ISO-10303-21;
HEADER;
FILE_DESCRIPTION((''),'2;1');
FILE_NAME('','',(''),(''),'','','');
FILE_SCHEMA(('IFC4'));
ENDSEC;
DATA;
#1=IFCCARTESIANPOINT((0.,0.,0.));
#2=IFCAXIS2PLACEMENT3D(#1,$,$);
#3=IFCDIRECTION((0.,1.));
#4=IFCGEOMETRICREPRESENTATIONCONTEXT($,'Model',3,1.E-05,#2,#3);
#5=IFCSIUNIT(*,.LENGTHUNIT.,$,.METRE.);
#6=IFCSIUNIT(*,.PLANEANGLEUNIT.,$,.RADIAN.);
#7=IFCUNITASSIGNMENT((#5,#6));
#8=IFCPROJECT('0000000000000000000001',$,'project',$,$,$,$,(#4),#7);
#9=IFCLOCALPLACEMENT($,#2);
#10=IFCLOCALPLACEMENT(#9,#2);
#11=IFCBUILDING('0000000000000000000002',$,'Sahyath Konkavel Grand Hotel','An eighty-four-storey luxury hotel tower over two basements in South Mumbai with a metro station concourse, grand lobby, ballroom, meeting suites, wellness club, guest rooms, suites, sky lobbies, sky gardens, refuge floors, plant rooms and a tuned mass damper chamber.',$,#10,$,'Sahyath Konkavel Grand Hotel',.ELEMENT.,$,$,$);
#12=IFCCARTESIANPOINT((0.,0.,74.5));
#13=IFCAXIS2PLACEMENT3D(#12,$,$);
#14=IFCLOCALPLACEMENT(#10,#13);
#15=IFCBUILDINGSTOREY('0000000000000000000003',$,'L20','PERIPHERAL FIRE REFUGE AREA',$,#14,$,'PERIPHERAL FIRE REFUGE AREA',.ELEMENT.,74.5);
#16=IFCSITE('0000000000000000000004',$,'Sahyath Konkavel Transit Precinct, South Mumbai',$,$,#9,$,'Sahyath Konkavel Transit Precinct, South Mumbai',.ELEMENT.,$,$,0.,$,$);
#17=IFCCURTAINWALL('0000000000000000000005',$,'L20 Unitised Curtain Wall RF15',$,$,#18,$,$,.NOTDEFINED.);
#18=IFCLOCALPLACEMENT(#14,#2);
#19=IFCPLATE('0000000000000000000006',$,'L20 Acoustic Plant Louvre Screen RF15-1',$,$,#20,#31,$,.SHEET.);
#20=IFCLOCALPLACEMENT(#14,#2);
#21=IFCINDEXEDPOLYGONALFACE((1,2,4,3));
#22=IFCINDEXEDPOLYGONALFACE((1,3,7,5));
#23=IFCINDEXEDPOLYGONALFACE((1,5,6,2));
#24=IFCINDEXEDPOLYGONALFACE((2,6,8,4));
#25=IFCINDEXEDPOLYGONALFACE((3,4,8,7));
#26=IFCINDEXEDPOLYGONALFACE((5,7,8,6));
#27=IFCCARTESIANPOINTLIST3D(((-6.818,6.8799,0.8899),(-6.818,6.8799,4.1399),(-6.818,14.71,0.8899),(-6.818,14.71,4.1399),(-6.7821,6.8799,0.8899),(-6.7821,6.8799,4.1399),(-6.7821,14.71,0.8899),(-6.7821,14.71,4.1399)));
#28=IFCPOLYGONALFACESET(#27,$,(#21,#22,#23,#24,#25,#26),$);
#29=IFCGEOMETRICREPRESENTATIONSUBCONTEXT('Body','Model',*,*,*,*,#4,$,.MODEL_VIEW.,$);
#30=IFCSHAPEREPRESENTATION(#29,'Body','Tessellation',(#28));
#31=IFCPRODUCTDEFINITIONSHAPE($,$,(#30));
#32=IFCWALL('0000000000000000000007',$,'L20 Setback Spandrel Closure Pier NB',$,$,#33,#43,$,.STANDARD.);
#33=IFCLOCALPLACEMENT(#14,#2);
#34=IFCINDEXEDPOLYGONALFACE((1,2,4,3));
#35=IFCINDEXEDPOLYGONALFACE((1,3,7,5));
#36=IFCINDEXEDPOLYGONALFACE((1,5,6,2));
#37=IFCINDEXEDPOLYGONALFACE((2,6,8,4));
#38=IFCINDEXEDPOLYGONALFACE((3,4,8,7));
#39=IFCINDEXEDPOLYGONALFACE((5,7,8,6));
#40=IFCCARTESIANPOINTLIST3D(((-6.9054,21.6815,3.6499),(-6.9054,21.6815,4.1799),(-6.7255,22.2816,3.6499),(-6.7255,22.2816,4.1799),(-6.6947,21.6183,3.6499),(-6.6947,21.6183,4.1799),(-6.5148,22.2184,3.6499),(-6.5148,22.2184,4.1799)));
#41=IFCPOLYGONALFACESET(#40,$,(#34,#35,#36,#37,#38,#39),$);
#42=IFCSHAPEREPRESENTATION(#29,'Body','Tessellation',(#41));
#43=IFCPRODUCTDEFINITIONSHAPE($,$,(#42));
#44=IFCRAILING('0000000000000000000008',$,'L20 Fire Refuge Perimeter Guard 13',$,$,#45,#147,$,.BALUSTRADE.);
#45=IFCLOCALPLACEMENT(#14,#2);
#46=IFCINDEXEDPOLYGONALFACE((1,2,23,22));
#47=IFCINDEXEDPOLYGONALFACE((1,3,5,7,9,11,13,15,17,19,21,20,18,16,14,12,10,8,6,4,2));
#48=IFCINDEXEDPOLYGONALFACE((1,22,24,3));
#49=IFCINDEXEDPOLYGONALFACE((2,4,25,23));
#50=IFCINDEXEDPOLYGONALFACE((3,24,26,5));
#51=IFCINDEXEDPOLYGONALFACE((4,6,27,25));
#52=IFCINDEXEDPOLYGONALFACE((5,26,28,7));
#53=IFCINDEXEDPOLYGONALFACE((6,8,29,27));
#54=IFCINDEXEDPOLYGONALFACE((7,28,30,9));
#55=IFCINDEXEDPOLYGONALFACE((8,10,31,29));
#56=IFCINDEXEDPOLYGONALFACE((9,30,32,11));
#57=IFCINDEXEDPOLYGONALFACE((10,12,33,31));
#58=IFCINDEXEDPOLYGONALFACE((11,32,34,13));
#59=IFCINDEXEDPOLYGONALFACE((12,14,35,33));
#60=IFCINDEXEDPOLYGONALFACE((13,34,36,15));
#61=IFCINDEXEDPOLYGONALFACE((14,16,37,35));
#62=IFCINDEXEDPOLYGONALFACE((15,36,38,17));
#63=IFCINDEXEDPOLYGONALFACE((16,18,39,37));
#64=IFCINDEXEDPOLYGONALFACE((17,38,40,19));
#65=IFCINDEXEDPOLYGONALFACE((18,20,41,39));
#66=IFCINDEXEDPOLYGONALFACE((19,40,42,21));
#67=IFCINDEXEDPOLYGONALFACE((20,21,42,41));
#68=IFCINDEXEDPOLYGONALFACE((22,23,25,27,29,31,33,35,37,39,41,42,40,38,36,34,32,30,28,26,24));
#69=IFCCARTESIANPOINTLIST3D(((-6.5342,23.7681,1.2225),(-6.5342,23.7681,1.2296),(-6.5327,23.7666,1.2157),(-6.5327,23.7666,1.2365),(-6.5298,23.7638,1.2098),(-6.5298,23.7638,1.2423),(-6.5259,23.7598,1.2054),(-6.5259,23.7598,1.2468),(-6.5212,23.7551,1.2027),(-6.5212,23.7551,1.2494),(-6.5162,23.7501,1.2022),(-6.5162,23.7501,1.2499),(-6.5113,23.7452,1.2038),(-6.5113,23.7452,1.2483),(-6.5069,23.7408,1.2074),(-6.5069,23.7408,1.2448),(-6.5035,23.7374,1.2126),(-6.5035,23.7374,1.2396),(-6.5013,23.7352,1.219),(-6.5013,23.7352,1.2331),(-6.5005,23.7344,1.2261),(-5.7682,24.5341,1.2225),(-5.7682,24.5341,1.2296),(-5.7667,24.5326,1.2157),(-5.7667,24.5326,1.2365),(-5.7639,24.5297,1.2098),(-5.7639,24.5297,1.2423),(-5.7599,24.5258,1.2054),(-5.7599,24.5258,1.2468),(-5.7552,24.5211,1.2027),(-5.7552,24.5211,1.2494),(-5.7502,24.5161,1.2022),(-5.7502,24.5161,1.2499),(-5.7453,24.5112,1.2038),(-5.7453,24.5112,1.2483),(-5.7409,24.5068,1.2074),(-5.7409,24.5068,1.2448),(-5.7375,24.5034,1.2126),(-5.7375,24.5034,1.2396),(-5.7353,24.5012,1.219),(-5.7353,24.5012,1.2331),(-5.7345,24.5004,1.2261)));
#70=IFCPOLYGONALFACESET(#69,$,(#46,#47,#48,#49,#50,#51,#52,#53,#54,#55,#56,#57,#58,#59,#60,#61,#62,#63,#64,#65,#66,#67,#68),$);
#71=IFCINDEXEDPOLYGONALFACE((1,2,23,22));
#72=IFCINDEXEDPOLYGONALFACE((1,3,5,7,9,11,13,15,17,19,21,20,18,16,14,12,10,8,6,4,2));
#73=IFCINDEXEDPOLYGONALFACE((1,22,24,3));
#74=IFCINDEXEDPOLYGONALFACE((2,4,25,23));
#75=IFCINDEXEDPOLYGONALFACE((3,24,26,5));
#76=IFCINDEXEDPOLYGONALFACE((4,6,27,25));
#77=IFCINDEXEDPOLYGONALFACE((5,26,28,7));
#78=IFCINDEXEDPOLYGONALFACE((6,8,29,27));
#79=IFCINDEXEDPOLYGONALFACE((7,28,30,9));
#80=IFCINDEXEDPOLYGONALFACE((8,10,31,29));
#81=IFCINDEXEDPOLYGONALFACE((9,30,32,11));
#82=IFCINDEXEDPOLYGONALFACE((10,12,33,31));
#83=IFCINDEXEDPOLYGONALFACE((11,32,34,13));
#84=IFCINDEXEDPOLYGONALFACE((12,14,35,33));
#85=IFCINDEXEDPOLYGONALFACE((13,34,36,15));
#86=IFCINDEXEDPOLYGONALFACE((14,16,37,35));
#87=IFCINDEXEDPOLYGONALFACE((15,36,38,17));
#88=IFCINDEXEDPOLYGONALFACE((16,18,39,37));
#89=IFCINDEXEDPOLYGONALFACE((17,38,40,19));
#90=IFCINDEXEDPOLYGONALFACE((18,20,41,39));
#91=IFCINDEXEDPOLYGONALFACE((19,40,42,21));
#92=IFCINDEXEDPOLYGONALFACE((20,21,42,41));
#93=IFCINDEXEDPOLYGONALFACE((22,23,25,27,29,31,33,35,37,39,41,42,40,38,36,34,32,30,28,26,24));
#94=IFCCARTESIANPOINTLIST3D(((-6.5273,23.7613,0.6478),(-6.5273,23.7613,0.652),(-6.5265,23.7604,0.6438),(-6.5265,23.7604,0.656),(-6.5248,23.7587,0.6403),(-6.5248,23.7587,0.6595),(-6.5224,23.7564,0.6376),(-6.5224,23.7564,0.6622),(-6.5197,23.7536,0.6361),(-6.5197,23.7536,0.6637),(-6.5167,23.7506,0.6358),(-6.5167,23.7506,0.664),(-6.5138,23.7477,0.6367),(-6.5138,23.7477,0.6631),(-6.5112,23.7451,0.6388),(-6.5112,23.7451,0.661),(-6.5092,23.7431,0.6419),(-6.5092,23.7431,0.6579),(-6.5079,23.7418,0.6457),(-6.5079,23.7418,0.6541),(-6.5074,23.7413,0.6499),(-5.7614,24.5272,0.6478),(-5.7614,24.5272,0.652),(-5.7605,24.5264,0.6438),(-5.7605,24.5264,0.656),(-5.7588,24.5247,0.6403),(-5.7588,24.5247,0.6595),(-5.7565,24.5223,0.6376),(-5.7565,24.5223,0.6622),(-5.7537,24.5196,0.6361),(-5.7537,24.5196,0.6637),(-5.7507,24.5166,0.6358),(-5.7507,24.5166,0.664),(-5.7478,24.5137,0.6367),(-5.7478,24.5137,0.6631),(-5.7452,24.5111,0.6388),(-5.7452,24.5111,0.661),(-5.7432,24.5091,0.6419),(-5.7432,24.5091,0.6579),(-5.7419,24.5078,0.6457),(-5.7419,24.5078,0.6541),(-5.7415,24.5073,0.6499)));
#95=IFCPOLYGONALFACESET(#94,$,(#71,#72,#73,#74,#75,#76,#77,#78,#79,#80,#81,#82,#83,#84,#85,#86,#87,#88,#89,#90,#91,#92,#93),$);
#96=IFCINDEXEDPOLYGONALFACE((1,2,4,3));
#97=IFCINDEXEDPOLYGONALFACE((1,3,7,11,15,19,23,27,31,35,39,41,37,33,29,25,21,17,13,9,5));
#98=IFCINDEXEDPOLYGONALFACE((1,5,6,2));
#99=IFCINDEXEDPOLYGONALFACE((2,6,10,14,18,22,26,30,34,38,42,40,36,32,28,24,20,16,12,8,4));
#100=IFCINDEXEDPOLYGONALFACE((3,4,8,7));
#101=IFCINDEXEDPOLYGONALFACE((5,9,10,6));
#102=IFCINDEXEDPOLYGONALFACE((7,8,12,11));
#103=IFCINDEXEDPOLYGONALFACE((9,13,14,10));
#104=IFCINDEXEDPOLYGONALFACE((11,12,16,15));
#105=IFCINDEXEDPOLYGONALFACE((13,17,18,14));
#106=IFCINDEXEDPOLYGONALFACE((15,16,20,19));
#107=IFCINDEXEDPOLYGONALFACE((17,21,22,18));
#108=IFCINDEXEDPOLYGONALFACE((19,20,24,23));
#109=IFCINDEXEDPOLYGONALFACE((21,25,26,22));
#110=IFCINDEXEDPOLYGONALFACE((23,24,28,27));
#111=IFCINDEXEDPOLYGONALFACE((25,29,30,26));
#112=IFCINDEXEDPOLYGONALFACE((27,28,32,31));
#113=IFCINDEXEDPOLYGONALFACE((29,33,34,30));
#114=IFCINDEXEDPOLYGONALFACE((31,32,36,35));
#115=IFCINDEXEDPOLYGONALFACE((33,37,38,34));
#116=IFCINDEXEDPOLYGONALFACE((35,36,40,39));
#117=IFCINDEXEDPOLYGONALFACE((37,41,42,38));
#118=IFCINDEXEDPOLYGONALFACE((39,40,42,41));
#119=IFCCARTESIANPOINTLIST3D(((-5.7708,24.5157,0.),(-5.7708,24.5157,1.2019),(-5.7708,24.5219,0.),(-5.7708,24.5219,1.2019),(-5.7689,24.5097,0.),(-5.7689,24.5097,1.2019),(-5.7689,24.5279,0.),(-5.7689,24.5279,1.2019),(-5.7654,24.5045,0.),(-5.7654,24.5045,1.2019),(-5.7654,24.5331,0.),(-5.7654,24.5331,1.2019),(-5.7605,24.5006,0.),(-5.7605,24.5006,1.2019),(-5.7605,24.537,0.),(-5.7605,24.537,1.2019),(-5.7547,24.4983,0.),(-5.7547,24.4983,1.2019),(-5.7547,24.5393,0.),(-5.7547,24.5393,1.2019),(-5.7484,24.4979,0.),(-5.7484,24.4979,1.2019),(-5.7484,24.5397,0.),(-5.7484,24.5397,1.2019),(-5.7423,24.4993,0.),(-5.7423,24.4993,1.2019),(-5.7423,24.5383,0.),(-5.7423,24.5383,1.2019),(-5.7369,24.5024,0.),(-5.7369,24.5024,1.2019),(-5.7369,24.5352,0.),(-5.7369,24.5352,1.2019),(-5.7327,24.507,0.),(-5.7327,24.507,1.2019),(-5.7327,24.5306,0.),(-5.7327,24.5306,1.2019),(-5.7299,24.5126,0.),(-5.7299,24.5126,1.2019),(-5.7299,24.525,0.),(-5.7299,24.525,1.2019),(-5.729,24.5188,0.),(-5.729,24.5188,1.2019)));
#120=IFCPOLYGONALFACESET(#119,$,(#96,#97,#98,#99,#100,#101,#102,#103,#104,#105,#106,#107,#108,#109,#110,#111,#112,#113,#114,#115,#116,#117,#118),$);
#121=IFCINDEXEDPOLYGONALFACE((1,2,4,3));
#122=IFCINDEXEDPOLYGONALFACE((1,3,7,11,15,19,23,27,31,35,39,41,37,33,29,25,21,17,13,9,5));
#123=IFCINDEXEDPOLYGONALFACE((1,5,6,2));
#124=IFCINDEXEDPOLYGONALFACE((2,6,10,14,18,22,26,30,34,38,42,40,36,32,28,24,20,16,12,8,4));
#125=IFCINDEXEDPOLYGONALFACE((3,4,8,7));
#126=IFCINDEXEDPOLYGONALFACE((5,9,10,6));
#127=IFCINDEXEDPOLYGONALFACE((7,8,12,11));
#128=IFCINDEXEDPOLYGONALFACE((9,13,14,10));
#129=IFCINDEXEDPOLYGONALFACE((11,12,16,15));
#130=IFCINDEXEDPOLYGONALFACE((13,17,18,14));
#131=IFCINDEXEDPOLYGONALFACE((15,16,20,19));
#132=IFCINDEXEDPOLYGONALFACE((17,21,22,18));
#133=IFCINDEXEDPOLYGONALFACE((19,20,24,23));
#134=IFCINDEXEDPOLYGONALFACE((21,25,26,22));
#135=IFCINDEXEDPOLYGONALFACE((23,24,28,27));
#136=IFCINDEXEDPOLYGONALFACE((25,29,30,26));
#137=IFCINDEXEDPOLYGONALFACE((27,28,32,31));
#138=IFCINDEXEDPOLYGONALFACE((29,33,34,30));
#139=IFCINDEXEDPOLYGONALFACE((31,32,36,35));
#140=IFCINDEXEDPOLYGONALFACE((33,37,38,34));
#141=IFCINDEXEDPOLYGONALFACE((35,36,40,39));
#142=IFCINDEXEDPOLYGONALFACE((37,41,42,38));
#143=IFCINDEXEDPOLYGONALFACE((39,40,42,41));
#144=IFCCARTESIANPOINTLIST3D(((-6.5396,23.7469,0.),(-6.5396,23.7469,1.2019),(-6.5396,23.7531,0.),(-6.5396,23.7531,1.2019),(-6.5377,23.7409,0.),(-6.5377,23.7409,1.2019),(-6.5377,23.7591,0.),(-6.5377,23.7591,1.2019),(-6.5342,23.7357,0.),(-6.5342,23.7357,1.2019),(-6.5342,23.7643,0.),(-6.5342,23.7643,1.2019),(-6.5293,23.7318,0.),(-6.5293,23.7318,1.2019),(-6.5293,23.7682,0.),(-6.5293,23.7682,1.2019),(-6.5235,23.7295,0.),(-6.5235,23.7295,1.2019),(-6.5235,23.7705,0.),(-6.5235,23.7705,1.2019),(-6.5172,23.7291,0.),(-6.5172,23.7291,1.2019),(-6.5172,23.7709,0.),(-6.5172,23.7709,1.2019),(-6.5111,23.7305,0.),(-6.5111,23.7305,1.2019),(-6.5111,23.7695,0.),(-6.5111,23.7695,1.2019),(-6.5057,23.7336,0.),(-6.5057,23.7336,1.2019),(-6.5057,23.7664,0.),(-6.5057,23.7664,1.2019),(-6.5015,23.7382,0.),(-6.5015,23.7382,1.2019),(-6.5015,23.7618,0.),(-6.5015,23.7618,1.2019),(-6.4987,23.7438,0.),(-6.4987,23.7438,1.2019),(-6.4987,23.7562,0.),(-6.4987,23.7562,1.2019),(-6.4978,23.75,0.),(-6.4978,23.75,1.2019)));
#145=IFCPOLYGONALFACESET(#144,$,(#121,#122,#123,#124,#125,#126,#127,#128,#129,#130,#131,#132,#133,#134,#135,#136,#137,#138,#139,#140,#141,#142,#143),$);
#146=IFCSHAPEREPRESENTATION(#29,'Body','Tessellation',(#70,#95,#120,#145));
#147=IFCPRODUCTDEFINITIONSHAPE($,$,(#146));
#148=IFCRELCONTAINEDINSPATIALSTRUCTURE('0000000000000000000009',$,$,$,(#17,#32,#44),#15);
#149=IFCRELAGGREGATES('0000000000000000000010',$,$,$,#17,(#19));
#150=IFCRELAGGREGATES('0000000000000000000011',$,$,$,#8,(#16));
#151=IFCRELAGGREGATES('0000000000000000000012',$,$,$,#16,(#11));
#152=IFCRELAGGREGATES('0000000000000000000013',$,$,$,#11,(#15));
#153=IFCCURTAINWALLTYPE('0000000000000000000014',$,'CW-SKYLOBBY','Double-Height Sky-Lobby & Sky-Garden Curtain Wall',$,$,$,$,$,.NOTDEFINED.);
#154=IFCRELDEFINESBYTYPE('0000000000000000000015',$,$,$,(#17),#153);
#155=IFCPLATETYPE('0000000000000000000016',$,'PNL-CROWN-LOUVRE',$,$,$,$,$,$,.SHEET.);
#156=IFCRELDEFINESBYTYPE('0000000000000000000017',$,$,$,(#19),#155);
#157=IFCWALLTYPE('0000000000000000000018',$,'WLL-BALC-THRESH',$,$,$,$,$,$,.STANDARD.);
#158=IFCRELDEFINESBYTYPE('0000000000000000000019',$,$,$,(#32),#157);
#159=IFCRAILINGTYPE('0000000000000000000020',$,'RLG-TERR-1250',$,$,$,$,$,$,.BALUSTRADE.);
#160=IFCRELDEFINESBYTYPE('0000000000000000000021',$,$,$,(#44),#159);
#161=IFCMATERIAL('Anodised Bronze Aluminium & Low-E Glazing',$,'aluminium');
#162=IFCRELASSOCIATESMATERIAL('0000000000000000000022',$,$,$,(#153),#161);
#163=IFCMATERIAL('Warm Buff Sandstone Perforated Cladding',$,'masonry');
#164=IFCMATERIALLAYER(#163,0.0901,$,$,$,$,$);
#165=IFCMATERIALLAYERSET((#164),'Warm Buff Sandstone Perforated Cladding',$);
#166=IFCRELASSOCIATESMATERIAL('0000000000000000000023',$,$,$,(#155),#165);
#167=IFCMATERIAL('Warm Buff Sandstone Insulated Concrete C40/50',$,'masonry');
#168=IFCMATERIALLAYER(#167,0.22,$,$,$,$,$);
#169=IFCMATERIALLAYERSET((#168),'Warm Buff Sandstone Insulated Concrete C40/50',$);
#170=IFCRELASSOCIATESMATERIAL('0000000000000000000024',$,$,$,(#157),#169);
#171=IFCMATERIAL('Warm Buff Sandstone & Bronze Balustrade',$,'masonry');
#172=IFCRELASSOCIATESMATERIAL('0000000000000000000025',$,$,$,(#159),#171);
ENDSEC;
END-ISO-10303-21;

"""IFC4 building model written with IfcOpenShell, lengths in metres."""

from ifc_helpers import new_model, si_unit, direction, frame, frame_2d, origin, origin_2d, place, context, subcontext, project, spatial, rectangle, circle, extrude, source, transform, mapped, material, layer, layer_set, type_object, element, aggregate, save


model = new_model("IFC4")

# Units and contexts
model_context = context("Model", 3, precision=1e-05, world=origin(), true_north=direction((0.0, 1.0)))
body_context = subcontext(model_context, "Body", "Model", "MODEL_VIEW")
ifc_project = project(units=[si_unit("LENGTHUNIT", "METRE"), si_unit("PLANEANGLEUNIT", "RADIAN")], contexts=[model_context])

# Site, building, storey
site_placement = place(None, origin())
site = spatial("IfcSite", under=ifc_project, at=site_placement, Name="Sahyath Konkavel Transit Precinct, South Mumbai", LongName="Sahyath Konkavel Transit Precinct, South Mumbai", CompositionType="ELEMENT", RefElevation=0.0)
building_placement = place(site_placement, origin())
building = spatial("IfcBuilding", under=site, at=building_placement, Name="Sahyath Konkavel Grand Hotel", Description="An eighty-four-storey luxury hotel tower over two basements in South Mumbai with a metro station concourse, grand lobby, ballroom, meeting suites, wellness club, guest rooms, suites, sky lobbies, sky gardens, refuge floors, plant rooms and a tuned mass damper chamber.", LongName="Sahyath Konkavel Grand Hotel", CompositionType="ELEMENT")
storey_placement = place(building_placement, frame((0.0, 0.0, 74.5)))
storey = spatial("IfcBuildingStorey", under=building, at=storey_placement, Name="L20", Description="PERIPHERAL FIRE REFUGE AREA", LongName="PERIPHERAL FIRE REFUGE AREA", CompositionType="ELEMENT", Elevation=74.5)

# Shared definitions
ifc_material_1 = material(Name="Anodised Bronze Aluminium & Low-E Glazing", Category="aluminium")
curtain_wall_type = type_object("IfcCurtainWallType", Name="CW-SKYLOBBY", Description="Double-Height Sky-Lobby & Sky-Garden Curtain Wall", PredefinedType="NOTDEFINED", material=ifc_material_1)

# Curtain wall
curtain_wall_1_placement = place(storey_placement, origin())
curtain_wall_1 = element("IfcCurtainWall", 1, at=curtain_wall_1_placement, inside=storey, type_object=curtain_wall_type, Name="L20 Unitised Curtain Wall RF15", PredefinedType="NOTDEFINED")

# Plate
ifc_material_2 = material(Name="Warm Buff Sandstone Perforated Cladding", Category="masonry")
ifc_layer_1 = layer(ifc_material_2, 0.0901)
ifc_layer_set_1 = layer_set([ifc_layer_1], Name="Warm Buff Sandstone Perforated Cladding")
plate_type_1 = type_object("IfcPlateType", Name="PNL-CROWN-LOUVRE", PredefinedType="SHEET", material=ifc_layer_set_1)
shared_shape_1 = source(origin(), body_context, "Body", "SweptSolid", [
    extrude(rectangle(XDim=7.8301, YDim=0.0359, at=origin_2d()), origin(), (0.0, 0.0, 1.0), 3.25),
])
plate_1_placement = place(storey_placement, frame((-6.8, 10.7949, 0.8899), z_axis=(0.0, 0.0, 1.0), x_axis=(0.0, -1.0, 0.0)))
plate_1 = element("IfcPlate", 2, at=plate_1_placement, type_object=plate_type_1, Name="L20 Acoustic Plant Louvre Screen RF15-1", PredefinedType="SHEET", context=body_context, shape_type="MappedRepresentation", body=[
    mapped(shared_shape_1, transform((0.0, 0.0, 0.0), scale=1.0)),
])
aggregate(curtain_wall_1, [plate_1])

# Wall
ifc_material_3 = material(Name="Warm Buff Sandstone Insulated Concrete C40/50", Category="masonry")
ifc_layer_2 = layer(ifc_material_3, 0.22)
ifc_layer_set_2 = layer_set([ifc_layer_2], Name="Warm Buff Sandstone Insulated Concrete C40/50")
wall_type = type_object("IfcWallType", Name="WLL-BALC-THRESH", PredefinedType="STANDARD", material=ifc_layer_set_2)
wall_placement = place(storey_placement, frame((-6.8, 21.6499, 3.6499), z_axis=(0.0, 0.0, 1.0), x_axis=(0.287205, 0.957869, 0.0)))
element("IfcWall", 3, at=wall_placement, inside=storey, type_object=wall_type, Name="L20 Setback Spandrel Closure Pier NB", PredefinedType="STANDARD", context=body_context, shape_type="SweptSolid", body=[
    extrude(rectangle(XDim=0.6265, YDim=0.22, at=frame_2d((0.3132, 0.0))), origin(), (0.0, 0.0, 1.0), 0.53),
])

# Railing
ifc_material_4 = material(Name="Warm Buff Sandstone & Bronze Balustrade", Category="masonry")
railing_type = type_object("IfcRailingType", Name="RLG-TERR-1250", PredefinedType="BALUSTRADE", material=ifc_material_4)
railing_1_placement = place(storey_placement, frame((-5.75, 24.5188, 0.0)))
element("IfcRailing", 4, at=railing_1_placement, inside=storey, type_object=railing_type, Name="L20 Fire Refuge Perimeter Guard 13", PredefinedType="BALUSTRADE", context=body_context, shape_type="SweptSolid", body=[
    extrude(circle(Radius=0.0239, at=origin_2d()), frame((-0.0015, -0.0015, 1.2261), z_axis=(-0.707107, -0.707107, 0.0), x_axis=(0.707107, -0.707107, 0.0)), (0.0, 0.0, 1.0), 1.0833),
    extrude(circle(Radius=0.0142, at=origin_2d()), frame((-0.0015, -0.0015, 0.6499), z_axis=(-0.707107, -0.707107, 0.0), x_axis=(0.707107, -0.707107, 0.0)), (0.0, 0.0, 1.0), 1.0833),
    extrude(circle(Radius=0.021, at=origin_2d()), origin(), (0.0, 0.0, 1.0), 1.2019),
    extrude(circle(Radius=0.021, at=origin_2d()), frame((-0.7688, -0.7688, 0.0)), (0.0, 0.0, 1.0), 1.2019),
])

save(model, "model.ifc")
